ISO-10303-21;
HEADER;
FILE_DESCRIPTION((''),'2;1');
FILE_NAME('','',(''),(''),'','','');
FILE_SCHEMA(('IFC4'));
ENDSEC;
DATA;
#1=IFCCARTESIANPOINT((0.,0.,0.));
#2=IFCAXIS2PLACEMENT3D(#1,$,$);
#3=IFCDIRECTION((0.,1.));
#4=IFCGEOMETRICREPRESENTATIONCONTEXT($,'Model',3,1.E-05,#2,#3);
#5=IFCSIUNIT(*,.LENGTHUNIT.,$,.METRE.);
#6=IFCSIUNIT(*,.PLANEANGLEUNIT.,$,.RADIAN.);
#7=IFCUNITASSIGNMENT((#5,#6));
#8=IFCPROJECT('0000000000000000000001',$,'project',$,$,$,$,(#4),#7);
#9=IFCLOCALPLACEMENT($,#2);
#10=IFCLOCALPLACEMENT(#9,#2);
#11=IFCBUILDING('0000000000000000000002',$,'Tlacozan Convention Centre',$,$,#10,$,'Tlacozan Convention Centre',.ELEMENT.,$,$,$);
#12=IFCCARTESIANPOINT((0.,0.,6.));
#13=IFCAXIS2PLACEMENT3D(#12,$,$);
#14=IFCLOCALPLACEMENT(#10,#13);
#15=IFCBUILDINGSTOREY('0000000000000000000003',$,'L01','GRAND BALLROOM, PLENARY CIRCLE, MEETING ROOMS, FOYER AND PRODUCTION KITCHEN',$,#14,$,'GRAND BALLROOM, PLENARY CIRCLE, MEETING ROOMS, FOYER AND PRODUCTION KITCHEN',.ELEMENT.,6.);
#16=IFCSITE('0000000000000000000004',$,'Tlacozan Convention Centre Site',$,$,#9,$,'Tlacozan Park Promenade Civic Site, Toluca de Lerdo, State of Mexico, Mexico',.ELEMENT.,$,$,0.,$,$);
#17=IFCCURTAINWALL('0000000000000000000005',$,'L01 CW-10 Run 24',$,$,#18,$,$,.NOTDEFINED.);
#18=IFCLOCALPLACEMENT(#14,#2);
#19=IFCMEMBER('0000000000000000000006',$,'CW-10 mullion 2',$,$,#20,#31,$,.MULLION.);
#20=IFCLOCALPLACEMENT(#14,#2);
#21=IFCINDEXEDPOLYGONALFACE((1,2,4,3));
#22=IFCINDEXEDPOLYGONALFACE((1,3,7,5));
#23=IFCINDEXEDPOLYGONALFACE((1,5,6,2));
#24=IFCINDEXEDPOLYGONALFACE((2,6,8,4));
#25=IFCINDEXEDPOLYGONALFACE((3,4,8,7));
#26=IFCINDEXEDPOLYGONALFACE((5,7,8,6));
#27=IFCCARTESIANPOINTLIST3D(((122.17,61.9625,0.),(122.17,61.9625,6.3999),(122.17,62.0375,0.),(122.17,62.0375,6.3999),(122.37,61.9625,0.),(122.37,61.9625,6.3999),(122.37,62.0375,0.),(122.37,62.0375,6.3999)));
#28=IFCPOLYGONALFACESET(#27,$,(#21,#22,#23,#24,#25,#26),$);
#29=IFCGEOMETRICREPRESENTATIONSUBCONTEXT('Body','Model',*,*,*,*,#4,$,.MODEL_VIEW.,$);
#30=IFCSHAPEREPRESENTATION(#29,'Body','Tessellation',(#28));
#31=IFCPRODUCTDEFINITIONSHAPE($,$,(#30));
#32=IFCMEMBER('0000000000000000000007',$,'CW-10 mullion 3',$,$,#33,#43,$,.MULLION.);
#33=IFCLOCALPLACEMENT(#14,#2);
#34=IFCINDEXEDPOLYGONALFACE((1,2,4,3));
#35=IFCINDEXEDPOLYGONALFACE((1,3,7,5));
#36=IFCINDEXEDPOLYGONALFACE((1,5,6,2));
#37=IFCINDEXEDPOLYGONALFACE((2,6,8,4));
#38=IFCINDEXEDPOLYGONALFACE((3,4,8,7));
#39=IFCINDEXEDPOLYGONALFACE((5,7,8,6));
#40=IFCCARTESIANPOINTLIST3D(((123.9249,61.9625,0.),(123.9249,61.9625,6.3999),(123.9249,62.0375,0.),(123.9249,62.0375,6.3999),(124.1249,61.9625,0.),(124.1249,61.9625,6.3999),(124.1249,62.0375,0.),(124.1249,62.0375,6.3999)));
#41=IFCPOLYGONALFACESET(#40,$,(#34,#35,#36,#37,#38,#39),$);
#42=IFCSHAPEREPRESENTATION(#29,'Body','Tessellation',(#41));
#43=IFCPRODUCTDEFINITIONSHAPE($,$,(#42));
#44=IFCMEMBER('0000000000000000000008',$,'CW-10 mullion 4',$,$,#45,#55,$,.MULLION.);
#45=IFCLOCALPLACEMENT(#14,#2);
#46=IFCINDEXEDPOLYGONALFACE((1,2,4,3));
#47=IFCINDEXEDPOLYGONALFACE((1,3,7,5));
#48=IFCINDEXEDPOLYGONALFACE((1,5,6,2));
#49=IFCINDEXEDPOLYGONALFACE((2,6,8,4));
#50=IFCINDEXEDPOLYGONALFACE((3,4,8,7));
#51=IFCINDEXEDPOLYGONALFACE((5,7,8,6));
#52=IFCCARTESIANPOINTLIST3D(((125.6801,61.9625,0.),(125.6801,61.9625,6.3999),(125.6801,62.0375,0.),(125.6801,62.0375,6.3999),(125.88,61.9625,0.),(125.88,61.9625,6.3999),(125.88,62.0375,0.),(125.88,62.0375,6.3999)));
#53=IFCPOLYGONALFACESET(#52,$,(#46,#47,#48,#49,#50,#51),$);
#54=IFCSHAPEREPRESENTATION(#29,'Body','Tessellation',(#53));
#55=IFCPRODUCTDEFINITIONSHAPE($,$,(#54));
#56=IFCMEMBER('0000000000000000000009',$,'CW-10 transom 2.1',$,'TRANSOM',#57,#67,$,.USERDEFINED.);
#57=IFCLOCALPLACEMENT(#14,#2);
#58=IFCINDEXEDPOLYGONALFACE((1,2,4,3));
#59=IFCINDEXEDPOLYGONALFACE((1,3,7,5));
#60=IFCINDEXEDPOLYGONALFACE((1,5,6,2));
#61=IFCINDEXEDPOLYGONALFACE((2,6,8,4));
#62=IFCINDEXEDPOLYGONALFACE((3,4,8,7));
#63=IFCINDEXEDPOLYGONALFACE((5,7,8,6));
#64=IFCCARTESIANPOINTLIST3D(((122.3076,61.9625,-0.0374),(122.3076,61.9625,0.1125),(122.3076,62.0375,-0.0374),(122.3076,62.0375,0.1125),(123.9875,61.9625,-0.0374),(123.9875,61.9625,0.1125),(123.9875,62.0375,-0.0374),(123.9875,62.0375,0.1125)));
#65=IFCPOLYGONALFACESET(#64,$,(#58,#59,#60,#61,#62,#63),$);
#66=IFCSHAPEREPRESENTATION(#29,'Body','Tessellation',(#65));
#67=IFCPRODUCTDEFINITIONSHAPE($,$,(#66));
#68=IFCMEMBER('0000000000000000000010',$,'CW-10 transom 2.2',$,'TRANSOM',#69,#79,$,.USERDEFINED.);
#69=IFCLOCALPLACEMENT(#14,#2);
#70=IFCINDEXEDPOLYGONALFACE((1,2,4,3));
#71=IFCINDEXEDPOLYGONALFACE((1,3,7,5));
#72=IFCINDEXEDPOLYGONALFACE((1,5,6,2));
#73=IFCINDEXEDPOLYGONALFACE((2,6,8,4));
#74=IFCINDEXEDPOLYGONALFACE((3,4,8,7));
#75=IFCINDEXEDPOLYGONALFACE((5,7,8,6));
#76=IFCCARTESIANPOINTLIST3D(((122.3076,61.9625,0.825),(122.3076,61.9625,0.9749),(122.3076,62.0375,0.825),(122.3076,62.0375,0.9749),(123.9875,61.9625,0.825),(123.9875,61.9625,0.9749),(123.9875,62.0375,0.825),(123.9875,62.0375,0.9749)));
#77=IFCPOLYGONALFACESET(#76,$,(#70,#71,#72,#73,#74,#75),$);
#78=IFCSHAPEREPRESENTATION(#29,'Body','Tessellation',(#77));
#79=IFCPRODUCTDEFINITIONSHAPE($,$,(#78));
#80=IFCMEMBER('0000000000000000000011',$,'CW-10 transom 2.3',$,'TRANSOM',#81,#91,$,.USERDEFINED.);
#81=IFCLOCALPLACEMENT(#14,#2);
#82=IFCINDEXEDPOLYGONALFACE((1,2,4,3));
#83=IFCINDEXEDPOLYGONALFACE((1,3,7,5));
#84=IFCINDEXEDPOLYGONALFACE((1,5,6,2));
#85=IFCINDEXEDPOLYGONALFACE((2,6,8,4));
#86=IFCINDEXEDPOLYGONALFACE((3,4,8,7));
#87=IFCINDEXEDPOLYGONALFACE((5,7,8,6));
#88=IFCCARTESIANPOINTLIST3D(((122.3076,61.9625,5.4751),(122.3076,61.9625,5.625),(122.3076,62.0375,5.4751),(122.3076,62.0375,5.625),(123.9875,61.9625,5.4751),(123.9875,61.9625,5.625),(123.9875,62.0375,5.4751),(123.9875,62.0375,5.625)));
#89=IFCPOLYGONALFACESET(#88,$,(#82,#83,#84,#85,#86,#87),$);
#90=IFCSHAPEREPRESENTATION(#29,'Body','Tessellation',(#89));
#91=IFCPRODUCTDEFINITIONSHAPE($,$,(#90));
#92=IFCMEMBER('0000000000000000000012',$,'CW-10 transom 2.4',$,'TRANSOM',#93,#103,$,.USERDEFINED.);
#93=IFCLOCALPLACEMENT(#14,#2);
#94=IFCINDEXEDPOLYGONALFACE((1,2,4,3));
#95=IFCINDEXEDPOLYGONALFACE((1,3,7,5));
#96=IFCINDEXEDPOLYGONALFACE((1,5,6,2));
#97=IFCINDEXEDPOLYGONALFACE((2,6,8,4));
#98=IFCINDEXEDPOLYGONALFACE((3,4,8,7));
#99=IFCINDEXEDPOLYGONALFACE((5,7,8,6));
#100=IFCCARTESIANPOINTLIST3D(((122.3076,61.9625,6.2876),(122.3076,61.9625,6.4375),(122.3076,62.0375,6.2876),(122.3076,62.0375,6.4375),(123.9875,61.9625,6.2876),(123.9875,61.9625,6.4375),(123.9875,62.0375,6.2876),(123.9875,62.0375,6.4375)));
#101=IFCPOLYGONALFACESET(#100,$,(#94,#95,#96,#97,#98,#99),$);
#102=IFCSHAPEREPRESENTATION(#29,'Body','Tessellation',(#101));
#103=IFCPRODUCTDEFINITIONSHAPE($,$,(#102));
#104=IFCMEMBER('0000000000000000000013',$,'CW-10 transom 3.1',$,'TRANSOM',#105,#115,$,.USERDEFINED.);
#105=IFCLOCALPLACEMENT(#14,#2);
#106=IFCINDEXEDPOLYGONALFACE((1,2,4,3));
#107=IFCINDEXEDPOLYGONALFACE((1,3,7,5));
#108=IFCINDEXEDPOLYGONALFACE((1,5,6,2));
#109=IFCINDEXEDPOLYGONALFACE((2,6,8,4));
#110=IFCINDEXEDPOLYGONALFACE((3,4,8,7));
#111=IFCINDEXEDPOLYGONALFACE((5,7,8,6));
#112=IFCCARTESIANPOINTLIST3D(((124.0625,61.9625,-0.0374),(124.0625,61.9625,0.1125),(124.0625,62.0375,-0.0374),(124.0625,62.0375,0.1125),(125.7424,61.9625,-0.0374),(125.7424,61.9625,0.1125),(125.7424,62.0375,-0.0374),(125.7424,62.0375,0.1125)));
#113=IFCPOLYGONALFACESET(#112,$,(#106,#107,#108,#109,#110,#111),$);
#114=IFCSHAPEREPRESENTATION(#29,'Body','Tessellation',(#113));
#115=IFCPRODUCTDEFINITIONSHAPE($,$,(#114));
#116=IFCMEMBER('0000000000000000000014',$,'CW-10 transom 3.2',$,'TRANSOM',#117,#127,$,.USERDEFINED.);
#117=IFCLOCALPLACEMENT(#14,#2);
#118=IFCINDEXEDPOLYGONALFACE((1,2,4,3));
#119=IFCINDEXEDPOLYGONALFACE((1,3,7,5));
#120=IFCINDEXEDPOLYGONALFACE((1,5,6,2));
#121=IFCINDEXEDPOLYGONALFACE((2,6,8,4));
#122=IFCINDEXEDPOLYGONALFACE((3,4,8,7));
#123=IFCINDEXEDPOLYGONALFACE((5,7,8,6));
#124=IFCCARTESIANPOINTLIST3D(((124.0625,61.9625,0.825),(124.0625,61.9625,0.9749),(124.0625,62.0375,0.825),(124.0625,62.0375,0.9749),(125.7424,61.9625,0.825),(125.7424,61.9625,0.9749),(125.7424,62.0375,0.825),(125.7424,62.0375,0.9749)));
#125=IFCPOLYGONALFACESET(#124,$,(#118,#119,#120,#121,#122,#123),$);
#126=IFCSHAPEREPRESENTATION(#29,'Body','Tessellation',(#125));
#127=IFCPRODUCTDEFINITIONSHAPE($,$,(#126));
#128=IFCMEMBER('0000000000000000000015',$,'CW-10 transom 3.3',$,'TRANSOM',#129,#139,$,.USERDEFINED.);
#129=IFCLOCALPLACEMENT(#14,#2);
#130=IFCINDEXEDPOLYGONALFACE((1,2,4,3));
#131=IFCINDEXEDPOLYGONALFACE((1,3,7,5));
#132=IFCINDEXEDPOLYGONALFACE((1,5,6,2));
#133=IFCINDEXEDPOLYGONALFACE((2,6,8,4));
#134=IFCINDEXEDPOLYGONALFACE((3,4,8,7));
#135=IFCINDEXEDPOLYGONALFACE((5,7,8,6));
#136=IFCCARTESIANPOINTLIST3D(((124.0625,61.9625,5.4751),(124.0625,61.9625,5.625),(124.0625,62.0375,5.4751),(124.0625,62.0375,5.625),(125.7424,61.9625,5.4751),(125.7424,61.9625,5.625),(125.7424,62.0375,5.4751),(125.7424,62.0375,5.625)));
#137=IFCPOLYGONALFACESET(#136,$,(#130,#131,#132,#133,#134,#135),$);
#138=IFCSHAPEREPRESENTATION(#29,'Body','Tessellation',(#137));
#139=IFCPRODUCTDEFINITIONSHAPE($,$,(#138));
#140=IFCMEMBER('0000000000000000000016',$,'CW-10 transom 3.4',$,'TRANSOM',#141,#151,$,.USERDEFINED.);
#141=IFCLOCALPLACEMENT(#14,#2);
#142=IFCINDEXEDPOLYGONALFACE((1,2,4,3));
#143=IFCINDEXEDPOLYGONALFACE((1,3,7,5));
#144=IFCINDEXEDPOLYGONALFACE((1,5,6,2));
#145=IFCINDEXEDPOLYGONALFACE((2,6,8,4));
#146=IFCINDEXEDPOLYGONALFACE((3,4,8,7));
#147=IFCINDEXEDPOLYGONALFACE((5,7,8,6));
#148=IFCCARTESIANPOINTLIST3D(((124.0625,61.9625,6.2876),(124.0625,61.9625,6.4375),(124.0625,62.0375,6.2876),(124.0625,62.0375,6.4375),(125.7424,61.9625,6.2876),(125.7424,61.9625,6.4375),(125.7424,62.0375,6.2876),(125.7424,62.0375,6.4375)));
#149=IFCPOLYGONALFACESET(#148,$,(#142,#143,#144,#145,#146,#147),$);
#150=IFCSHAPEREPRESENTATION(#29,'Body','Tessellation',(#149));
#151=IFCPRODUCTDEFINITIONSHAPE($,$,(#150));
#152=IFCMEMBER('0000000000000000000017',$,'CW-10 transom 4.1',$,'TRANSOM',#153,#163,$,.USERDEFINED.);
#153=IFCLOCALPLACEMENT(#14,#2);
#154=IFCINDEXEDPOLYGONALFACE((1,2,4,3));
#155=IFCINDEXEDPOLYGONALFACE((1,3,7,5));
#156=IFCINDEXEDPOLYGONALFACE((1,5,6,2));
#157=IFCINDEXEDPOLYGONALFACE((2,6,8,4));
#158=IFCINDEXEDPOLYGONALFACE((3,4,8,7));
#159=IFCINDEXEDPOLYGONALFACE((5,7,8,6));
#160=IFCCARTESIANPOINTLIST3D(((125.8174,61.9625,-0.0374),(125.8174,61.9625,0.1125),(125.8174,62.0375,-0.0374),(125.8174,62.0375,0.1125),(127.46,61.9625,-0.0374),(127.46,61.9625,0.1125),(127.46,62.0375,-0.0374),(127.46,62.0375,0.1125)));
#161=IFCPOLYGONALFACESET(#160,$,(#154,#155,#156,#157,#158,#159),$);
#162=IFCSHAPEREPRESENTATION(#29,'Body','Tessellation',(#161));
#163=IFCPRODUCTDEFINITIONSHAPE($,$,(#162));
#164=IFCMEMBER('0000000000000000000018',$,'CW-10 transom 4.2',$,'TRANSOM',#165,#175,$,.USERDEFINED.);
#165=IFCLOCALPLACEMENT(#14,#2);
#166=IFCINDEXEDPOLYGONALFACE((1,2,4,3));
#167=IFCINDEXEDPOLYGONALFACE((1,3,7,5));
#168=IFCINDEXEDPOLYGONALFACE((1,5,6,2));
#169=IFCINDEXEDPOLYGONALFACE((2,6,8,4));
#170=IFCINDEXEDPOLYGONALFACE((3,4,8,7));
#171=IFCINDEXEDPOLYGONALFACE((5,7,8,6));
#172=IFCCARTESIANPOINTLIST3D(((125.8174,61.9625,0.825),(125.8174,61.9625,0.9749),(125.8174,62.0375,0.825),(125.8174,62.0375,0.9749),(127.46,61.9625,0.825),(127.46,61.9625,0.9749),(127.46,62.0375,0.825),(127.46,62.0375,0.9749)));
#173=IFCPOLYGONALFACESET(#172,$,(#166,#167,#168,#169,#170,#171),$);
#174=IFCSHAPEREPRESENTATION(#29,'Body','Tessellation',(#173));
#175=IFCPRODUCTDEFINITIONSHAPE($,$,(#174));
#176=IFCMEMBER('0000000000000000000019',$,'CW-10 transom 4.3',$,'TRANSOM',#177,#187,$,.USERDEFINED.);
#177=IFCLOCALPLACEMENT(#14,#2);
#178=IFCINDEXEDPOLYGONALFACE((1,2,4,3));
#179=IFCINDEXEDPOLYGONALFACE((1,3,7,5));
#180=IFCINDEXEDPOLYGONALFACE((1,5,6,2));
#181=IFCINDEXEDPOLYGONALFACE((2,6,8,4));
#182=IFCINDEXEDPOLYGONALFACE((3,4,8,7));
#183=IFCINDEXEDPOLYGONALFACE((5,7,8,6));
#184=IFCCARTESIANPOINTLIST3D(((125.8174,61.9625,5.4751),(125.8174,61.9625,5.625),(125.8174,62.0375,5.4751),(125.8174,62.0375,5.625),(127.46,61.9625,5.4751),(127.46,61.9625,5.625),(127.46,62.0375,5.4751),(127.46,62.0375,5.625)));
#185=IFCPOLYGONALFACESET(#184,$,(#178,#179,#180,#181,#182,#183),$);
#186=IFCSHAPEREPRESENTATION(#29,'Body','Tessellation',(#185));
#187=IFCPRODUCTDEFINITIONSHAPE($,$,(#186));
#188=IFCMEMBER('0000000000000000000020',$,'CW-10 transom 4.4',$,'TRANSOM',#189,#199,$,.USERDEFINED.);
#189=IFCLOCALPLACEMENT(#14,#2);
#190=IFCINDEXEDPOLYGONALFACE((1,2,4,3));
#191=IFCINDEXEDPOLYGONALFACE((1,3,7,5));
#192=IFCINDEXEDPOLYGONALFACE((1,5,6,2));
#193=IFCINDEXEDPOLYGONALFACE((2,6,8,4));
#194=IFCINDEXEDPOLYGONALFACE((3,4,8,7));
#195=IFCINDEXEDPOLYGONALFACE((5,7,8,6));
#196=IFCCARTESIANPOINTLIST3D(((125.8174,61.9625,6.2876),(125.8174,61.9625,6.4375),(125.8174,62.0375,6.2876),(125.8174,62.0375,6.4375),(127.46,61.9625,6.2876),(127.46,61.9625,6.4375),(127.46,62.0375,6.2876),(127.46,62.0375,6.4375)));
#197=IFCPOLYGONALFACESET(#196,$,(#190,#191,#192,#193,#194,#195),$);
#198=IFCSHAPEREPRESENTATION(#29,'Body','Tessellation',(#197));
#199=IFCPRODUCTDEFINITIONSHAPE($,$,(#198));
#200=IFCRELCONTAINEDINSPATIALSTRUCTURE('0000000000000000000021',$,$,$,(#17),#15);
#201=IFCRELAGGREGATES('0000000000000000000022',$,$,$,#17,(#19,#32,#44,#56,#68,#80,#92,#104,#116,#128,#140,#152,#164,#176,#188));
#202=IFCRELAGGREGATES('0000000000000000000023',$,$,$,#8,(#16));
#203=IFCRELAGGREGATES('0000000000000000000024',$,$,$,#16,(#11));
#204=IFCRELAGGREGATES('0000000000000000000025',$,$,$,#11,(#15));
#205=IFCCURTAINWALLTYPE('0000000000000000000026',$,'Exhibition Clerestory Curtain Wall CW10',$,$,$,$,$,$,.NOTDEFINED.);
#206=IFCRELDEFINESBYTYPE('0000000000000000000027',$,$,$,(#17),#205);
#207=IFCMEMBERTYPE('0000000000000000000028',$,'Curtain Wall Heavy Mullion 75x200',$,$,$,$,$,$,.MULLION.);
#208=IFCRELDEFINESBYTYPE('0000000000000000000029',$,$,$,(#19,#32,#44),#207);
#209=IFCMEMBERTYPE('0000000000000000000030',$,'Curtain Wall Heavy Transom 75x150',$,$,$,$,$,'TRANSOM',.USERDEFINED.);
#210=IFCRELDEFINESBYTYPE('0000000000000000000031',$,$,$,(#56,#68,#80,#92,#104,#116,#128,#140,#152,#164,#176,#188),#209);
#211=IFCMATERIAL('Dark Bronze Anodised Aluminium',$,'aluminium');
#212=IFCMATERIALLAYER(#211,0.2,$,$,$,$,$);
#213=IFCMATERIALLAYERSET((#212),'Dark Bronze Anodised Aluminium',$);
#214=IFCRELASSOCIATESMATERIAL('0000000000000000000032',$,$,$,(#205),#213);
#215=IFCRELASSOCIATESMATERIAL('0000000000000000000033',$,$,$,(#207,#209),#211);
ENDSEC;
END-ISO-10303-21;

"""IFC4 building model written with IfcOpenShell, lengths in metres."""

from ifc_helpers import new_model, si_unit, direction, frame, origin, origin_2d, place, context, subcontext, project, spatial, rectangle, extrude, material, layer, layer_set, material_profile, profile_set, type_object, element, aggregate, save


model = new_model("IFC4")

# Units and contexts
model_context = context("Model", 3, precision=1e-05, world=origin(), true_north=direction((0.0, 1.0)))
body_context = subcontext(model_context, "Body", "Model", "MODEL_VIEW")
ifc_project = project(units=[si_unit("LENGTHUNIT", "METRE"), si_unit("PLANEANGLEUNIT", "RADIAN")], contexts=[model_context])

# Site, building, storey
site_placement = place(None, origin())
site = spatial("IfcSite", under=ifc_project, at=site_placement, Name="Tlacozan Convention Centre Site", LongName="Tlacozan Park Promenade Civic Site, Toluca de Lerdo, State of Mexico, Mexico", CompositionType="ELEMENT", RefElevation=0.0)
building_placement = place(site_placement, origin())
building = spatial("IfcBuilding", under=site, at=building_placement, Name="Tlacozan Convention Centre", LongName="Tlacozan Convention Centre", CompositionType="ELEMENT")
storey_placement = place(building_placement, frame((0.0, 0.0, 6.0)))
storey = spatial("IfcBuildingStorey", under=building, at=storey_placement, Name="L01", Description="GRAND BALLROOM, PLENARY CIRCLE, MEETING ROOMS, FOYER AND PRODUCTION KITCHEN", LongName="GRAND BALLROOM, PLENARY CIRCLE, MEETING ROOMS, FOYER AND PRODUCTION KITCHEN", CompositionType="ELEMENT", Elevation=6.0)

# Curtain wall, members
ifc_material_1 = material(Name="Dark Bronze Anodised Aluminium", Category="aluminium")
ifc_layer_1 = layer(ifc_material_1, 0.2)
ifc_layer_set_1 = layer_set([ifc_layer_1], Name="Dark Bronze Anodised Aluminium")
curtain_wall_type = type_object("IfcCurtainWallType", Name="Exhibition Clerestory Curtain Wall CW10", PredefinedType="NOTDEFINED", material=ifc_layer_set_1)
curtain_wall_placement = place(storey_placement, origin())
curtain_wall = element("IfcCurtainWall", 1, at=curtain_wall_placement, inside=storey, type_object=curtain_wall_type, Name="L01 CW-10 Run 24", PredefinedType="NOTDEFINED")
ifc_material_profile_1 = material_profile(ifc_material_1, rectangle(XDim=0.075, YDim=0.2, at=origin_2d()), Name="ALU 75x200")
ifc_profile_set_1 = profile_set([ifc_material_profile_1], Name="Dark Bronze Anodised Aluminium")
member_type_1 = type_object("IfcMemberType", Name="Curtain Wall Heavy Mullion 75x200", PredefinedType="MULLION", material=ifc_profile_set_1)
member_1_placement = place(storey_placement, frame((122.27, 62.0, 0.0), z_axis=(0.0, 0.0, 1.0), x_axis=(0.0, 1.0, 0.0)))
member_1 = element("IfcMember", 2, at=member_1_placement, type_object=member_type_1, Name="CW-10 mullion 2", PredefinedType="MULLION", context=body_context, shape_type="SweptSolid", body=[
    extrude(rectangle(XDim=0.075, YDim=0.2, at=origin_2d()), origin(), (0.0, 0.0, 1.0), 6.3999),
])
member_2_placement = place(storey_placement, frame((124.0249, 62.0, 0.0), z_axis=(0.0, 0.0, 1.0), x_axis=(0.0, 1.0, 0.0)))
member_2 = element("IfcMember", 3, at=member_2_placement, type_object=member_type_1, Name="CW-10 mullion 3", PredefinedType="MULLION", context=body_context, shape_type="SweptSolid", body=[
    extrude(rectangle(XDim=0.075, YDim=0.2, at=origin_2d()), origin(), (0.0, 0.0, 1.0), 6.3999),
])
member_3_placement = place(storey_placement, frame((125.78, 62.0, 0.0), z_axis=(0.0, 0.0, 1.0), x_axis=(0.0, 1.0, 0.0)))
member_3 = element("IfcMember", 4, at=member_3_placement, type_object=member_type_1, Name="CW-10 mullion 4", PredefinedType="MULLION", context=body_context, shape_type="SweptSolid", body=[
    extrude(rectangle(XDim=0.075, YDim=0.2, at=origin_2d()), origin(), (0.0, 0.0, 1.0), 6.3999),
])
ifc_material_profile_2 = material_profile(ifc_material_1, rectangle(XDim=0.075, YDim=0.1499, at=origin_2d()), Name="ALU 75x150")
ifc_profile_set_2 = profile_set([ifc_material_profile_2], Name="Dark Bronze Anodised Aluminium")
member_type_2 = type_object("IfcMemberType", Name="Curtain Wall Heavy Transom 75x150", ElementType="TRANSOM", PredefinedType="USERDEFINED", material=ifc_profile_set_2)
member_4_placement = place(storey_placement, frame((122.3076, 62.0, 0.0376), z_axis=(1.0, 0.0, 0.0), x_axis=(0.0, 1.0, 0.0)))
member_4 = element("IfcMember", 5, at=member_4_placement, type_object=member_type_2, Name="CW-10 transom 2.1", ObjectType="TRANSOM", PredefinedType="USERDEFINED", context=body_context, shape_type="SweptSolid", body=[
    extrude(rectangle(XDim=0.075, YDim=0.1499, at=origin_2d()), origin(), (0.0, 0.0, 1.0), 1.6799),
])
member_5_placement = place(storey_placement, frame((122.3076, 62.0, 0.8999), z_axis=(1.0, 0.0, 0.0), x_axis=(0.0, 1.0, 0.0)))
member_5 = element("IfcMember", 6, at=member_5_placement, type_object=member_type_2, Name="CW-10 transom 2.2", ObjectType="TRANSOM", PredefinedType="USERDEFINED", context=body_context, shape_type="SweptSolid", body=[
    extrude(rectangle(XDim=0.075, YDim=0.1499, at=origin_2d()), origin(), (0.0, 0.0, 1.0), 1.6799),
])
member_6_placement = place(storey_placement, frame((122.3076, 62.0, 5.55), z_axis=(1.0, 0.0, 0.0), x_axis=(0.0, 1.0, 0.0)))
member_6 = element("IfcMember", 7, at=member_6_placement, type_object=member_type_2, Name="CW-10 transom 2.3", ObjectType="TRANSOM", PredefinedType="USERDEFINED", context=body_context, shape_type="SweptSolid", body=[
    extrude(rectangle(XDim=0.075, YDim=0.1499, at=origin_2d()), origin(), (0.0, 0.0, 1.0), 1.6799),
])
member_7_placement = place(storey_placement, frame((122.3076, 62.0, 6.3625), z_axis=(1.0, 0.0, 0.0), x_axis=(0.0, 1.0, 0.0)))
member_7 = element("IfcMember", 8, at=member_7_placement, type_object=member_type_2, Name="CW-10 transom 2.4", ObjectType="TRANSOM", PredefinedType="USERDEFINED", context=body_context, shape_type="SweptSolid", body=[
    extrude(rectangle(XDim=0.075, YDim=0.1499, at=origin_2d()), origin(), (0.0, 0.0, 1.0), 1.6799),
])
member_8_placement = place(storey_placement, frame((124.0625, 62.0, 0.0376), z_axis=(1.0, 0.0, 0.0), x_axis=(0.0, 1.0, 0.0)))
member_8 = element("IfcMember", 9, at=member_8_placement, type_object=member_type_2, Name="CW-10 transom 3.1", ObjectType="TRANSOM", PredefinedType="USERDEFINED", context=body_context, shape_type="SweptSolid", body=[
    extrude(rectangle(XDim=0.075, YDim=0.1499, at=origin_2d()), origin(), (0.0, 0.0, 1.0), 1.6799),
])
member_9_placement = place(storey_placement, frame((124.0625, 62.0, 0.8999), z_axis=(1.0, 0.0, 0.0), x_axis=(0.0, 1.0, 0.0)))
member_9 = element("IfcMember", 10, at=member_9_placement, type_object=member_type_2, Name="CW-10 transom 3.2", ObjectType="TRANSOM", PredefinedType="USERDEFINED", context=body_context, shape_type="SweptSolid", body=[
    extrude(rectangle(XDim=0.075, YDim=0.1499, at=origin_2d()), origin(), (0.0, 0.0, 1.0), 1.6799),
])
member_10_placement = place(storey_placement, frame((124.0625, 62.0, 5.55), z_axis=(1.0, 0.0, 0.0), x_axis=(0.0, 1.0, 0.0)))
member_10 = element("IfcMember", 11, at=member_10_placement, type_object=member_type_2, Name="CW-10 transom 3.3", ObjectType="TRANSOM", PredefinedType="USERDEFINED", context=body_context, shape_type="SweptSolid", body=[
    extrude(rectangle(XDim=0.075, YDim=0.1499, at=origin_2d()), origin(), (0.0, 0.0, 1.0), 1.6799),
])
member_11_placement = place(storey_placement, frame((124.0625, 62.0, 6.3625), z_axis=(1.0, 0.0, 0.0), x_axis=(0.0, 1.0, 0.0)))
member_11 = element("IfcMember", 12, at=member_11_placement, type_object=member_type_2, Name="CW-10 transom 3.4", ObjectType="TRANSOM", PredefinedType="USERDEFINED", context=body_context, shape_type="SweptSolid", body=[
    extrude(rectangle(XDim=0.075, YDim=0.1499, at=origin_2d()), origin(), (0.0, 0.0, 1.0), 1.6799),
])
member_12_placement = place(storey_placement, frame((125.8174, 62.0, 0.0376), z_axis=(1.0, 0.0, 0.0), x_axis=(0.0, 1.0, 0.0)))
member_12 = element("IfcMember", 13, at=member_12_placement, type_object=member_type_2, Name="CW-10 transom 4.1", ObjectType="TRANSOM", PredefinedType="USERDEFINED", context=body_context, shape_type="SweptSolid", body=[
    extrude(rectangle(XDim=0.075, YDim=0.1499, at=origin_2d()), origin(), (0.0, 0.0, 1.0), 1.6426),
])
member_13_placement = place(storey_placement, frame((125.8174, 62.0, 0.8999), z_axis=(1.0, 0.0, 0.0), x_axis=(0.0, 1.0, 0.0)))
member_13 = element("IfcMember", 14, at=member_13_placement, type_object=member_type_2, Name="CW-10 transom 4.2", ObjectType="TRANSOM", PredefinedType="USERDEFINED", context=body_context, shape_type="SweptSolid", body=[
    extrude(rectangle(XDim=0.075, YDim=0.1499, at=origin_2d()), origin(), (0.0, 0.0, 1.0), 1.6426),
])
member_14_placement = place(storey_placement, frame((125.8174, 62.0, 5.55), z_axis=(1.0, 0.0, 0.0), x_axis=(0.0, 1.0, 0.0)))
member_14 = element("IfcMember", 15, at=member_14_placement, type_object=member_type_2, Name="CW-10 transom 4.3", ObjectType="TRANSOM", PredefinedType="USERDEFINED", context=body_context, shape_type="SweptSolid", body=[
    extrude(rectangle(XDim=0.075, YDim=0.1499, at=origin_2d()), origin(), (0.0, 0.0, 1.0), 1.6426),
])
member_15_placement = place(storey_placement, frame((125.8174, 62.0, 6.3625), z_axis=(1.0, 0.0, 0.0), x_axis=(0.0, 1.0, 0.0)))
member_15 = element("IfcMember", 16, at=member_15_placement, type_object=member_type_2, Name="CW-10 transom 4.4", ObjectType="TRANSOM", PredefinedType="USERDEFINED", context=body_context, shape_type="SweptSolid", body=[
    extrude(rectangle(XDim=0.075, YDim=0.1499, at=origin_2d()), origin(), (0.0, 0.0, 1.0), 1.6426),
])
aggregate(curtain_wall, [member_1, member_2, member_3, member_4, member_5, member_6, member_7, member_8, member_9, member_10, member_11, member_12, member_13, member_14, member_15])

save(model, "model.ifc")
